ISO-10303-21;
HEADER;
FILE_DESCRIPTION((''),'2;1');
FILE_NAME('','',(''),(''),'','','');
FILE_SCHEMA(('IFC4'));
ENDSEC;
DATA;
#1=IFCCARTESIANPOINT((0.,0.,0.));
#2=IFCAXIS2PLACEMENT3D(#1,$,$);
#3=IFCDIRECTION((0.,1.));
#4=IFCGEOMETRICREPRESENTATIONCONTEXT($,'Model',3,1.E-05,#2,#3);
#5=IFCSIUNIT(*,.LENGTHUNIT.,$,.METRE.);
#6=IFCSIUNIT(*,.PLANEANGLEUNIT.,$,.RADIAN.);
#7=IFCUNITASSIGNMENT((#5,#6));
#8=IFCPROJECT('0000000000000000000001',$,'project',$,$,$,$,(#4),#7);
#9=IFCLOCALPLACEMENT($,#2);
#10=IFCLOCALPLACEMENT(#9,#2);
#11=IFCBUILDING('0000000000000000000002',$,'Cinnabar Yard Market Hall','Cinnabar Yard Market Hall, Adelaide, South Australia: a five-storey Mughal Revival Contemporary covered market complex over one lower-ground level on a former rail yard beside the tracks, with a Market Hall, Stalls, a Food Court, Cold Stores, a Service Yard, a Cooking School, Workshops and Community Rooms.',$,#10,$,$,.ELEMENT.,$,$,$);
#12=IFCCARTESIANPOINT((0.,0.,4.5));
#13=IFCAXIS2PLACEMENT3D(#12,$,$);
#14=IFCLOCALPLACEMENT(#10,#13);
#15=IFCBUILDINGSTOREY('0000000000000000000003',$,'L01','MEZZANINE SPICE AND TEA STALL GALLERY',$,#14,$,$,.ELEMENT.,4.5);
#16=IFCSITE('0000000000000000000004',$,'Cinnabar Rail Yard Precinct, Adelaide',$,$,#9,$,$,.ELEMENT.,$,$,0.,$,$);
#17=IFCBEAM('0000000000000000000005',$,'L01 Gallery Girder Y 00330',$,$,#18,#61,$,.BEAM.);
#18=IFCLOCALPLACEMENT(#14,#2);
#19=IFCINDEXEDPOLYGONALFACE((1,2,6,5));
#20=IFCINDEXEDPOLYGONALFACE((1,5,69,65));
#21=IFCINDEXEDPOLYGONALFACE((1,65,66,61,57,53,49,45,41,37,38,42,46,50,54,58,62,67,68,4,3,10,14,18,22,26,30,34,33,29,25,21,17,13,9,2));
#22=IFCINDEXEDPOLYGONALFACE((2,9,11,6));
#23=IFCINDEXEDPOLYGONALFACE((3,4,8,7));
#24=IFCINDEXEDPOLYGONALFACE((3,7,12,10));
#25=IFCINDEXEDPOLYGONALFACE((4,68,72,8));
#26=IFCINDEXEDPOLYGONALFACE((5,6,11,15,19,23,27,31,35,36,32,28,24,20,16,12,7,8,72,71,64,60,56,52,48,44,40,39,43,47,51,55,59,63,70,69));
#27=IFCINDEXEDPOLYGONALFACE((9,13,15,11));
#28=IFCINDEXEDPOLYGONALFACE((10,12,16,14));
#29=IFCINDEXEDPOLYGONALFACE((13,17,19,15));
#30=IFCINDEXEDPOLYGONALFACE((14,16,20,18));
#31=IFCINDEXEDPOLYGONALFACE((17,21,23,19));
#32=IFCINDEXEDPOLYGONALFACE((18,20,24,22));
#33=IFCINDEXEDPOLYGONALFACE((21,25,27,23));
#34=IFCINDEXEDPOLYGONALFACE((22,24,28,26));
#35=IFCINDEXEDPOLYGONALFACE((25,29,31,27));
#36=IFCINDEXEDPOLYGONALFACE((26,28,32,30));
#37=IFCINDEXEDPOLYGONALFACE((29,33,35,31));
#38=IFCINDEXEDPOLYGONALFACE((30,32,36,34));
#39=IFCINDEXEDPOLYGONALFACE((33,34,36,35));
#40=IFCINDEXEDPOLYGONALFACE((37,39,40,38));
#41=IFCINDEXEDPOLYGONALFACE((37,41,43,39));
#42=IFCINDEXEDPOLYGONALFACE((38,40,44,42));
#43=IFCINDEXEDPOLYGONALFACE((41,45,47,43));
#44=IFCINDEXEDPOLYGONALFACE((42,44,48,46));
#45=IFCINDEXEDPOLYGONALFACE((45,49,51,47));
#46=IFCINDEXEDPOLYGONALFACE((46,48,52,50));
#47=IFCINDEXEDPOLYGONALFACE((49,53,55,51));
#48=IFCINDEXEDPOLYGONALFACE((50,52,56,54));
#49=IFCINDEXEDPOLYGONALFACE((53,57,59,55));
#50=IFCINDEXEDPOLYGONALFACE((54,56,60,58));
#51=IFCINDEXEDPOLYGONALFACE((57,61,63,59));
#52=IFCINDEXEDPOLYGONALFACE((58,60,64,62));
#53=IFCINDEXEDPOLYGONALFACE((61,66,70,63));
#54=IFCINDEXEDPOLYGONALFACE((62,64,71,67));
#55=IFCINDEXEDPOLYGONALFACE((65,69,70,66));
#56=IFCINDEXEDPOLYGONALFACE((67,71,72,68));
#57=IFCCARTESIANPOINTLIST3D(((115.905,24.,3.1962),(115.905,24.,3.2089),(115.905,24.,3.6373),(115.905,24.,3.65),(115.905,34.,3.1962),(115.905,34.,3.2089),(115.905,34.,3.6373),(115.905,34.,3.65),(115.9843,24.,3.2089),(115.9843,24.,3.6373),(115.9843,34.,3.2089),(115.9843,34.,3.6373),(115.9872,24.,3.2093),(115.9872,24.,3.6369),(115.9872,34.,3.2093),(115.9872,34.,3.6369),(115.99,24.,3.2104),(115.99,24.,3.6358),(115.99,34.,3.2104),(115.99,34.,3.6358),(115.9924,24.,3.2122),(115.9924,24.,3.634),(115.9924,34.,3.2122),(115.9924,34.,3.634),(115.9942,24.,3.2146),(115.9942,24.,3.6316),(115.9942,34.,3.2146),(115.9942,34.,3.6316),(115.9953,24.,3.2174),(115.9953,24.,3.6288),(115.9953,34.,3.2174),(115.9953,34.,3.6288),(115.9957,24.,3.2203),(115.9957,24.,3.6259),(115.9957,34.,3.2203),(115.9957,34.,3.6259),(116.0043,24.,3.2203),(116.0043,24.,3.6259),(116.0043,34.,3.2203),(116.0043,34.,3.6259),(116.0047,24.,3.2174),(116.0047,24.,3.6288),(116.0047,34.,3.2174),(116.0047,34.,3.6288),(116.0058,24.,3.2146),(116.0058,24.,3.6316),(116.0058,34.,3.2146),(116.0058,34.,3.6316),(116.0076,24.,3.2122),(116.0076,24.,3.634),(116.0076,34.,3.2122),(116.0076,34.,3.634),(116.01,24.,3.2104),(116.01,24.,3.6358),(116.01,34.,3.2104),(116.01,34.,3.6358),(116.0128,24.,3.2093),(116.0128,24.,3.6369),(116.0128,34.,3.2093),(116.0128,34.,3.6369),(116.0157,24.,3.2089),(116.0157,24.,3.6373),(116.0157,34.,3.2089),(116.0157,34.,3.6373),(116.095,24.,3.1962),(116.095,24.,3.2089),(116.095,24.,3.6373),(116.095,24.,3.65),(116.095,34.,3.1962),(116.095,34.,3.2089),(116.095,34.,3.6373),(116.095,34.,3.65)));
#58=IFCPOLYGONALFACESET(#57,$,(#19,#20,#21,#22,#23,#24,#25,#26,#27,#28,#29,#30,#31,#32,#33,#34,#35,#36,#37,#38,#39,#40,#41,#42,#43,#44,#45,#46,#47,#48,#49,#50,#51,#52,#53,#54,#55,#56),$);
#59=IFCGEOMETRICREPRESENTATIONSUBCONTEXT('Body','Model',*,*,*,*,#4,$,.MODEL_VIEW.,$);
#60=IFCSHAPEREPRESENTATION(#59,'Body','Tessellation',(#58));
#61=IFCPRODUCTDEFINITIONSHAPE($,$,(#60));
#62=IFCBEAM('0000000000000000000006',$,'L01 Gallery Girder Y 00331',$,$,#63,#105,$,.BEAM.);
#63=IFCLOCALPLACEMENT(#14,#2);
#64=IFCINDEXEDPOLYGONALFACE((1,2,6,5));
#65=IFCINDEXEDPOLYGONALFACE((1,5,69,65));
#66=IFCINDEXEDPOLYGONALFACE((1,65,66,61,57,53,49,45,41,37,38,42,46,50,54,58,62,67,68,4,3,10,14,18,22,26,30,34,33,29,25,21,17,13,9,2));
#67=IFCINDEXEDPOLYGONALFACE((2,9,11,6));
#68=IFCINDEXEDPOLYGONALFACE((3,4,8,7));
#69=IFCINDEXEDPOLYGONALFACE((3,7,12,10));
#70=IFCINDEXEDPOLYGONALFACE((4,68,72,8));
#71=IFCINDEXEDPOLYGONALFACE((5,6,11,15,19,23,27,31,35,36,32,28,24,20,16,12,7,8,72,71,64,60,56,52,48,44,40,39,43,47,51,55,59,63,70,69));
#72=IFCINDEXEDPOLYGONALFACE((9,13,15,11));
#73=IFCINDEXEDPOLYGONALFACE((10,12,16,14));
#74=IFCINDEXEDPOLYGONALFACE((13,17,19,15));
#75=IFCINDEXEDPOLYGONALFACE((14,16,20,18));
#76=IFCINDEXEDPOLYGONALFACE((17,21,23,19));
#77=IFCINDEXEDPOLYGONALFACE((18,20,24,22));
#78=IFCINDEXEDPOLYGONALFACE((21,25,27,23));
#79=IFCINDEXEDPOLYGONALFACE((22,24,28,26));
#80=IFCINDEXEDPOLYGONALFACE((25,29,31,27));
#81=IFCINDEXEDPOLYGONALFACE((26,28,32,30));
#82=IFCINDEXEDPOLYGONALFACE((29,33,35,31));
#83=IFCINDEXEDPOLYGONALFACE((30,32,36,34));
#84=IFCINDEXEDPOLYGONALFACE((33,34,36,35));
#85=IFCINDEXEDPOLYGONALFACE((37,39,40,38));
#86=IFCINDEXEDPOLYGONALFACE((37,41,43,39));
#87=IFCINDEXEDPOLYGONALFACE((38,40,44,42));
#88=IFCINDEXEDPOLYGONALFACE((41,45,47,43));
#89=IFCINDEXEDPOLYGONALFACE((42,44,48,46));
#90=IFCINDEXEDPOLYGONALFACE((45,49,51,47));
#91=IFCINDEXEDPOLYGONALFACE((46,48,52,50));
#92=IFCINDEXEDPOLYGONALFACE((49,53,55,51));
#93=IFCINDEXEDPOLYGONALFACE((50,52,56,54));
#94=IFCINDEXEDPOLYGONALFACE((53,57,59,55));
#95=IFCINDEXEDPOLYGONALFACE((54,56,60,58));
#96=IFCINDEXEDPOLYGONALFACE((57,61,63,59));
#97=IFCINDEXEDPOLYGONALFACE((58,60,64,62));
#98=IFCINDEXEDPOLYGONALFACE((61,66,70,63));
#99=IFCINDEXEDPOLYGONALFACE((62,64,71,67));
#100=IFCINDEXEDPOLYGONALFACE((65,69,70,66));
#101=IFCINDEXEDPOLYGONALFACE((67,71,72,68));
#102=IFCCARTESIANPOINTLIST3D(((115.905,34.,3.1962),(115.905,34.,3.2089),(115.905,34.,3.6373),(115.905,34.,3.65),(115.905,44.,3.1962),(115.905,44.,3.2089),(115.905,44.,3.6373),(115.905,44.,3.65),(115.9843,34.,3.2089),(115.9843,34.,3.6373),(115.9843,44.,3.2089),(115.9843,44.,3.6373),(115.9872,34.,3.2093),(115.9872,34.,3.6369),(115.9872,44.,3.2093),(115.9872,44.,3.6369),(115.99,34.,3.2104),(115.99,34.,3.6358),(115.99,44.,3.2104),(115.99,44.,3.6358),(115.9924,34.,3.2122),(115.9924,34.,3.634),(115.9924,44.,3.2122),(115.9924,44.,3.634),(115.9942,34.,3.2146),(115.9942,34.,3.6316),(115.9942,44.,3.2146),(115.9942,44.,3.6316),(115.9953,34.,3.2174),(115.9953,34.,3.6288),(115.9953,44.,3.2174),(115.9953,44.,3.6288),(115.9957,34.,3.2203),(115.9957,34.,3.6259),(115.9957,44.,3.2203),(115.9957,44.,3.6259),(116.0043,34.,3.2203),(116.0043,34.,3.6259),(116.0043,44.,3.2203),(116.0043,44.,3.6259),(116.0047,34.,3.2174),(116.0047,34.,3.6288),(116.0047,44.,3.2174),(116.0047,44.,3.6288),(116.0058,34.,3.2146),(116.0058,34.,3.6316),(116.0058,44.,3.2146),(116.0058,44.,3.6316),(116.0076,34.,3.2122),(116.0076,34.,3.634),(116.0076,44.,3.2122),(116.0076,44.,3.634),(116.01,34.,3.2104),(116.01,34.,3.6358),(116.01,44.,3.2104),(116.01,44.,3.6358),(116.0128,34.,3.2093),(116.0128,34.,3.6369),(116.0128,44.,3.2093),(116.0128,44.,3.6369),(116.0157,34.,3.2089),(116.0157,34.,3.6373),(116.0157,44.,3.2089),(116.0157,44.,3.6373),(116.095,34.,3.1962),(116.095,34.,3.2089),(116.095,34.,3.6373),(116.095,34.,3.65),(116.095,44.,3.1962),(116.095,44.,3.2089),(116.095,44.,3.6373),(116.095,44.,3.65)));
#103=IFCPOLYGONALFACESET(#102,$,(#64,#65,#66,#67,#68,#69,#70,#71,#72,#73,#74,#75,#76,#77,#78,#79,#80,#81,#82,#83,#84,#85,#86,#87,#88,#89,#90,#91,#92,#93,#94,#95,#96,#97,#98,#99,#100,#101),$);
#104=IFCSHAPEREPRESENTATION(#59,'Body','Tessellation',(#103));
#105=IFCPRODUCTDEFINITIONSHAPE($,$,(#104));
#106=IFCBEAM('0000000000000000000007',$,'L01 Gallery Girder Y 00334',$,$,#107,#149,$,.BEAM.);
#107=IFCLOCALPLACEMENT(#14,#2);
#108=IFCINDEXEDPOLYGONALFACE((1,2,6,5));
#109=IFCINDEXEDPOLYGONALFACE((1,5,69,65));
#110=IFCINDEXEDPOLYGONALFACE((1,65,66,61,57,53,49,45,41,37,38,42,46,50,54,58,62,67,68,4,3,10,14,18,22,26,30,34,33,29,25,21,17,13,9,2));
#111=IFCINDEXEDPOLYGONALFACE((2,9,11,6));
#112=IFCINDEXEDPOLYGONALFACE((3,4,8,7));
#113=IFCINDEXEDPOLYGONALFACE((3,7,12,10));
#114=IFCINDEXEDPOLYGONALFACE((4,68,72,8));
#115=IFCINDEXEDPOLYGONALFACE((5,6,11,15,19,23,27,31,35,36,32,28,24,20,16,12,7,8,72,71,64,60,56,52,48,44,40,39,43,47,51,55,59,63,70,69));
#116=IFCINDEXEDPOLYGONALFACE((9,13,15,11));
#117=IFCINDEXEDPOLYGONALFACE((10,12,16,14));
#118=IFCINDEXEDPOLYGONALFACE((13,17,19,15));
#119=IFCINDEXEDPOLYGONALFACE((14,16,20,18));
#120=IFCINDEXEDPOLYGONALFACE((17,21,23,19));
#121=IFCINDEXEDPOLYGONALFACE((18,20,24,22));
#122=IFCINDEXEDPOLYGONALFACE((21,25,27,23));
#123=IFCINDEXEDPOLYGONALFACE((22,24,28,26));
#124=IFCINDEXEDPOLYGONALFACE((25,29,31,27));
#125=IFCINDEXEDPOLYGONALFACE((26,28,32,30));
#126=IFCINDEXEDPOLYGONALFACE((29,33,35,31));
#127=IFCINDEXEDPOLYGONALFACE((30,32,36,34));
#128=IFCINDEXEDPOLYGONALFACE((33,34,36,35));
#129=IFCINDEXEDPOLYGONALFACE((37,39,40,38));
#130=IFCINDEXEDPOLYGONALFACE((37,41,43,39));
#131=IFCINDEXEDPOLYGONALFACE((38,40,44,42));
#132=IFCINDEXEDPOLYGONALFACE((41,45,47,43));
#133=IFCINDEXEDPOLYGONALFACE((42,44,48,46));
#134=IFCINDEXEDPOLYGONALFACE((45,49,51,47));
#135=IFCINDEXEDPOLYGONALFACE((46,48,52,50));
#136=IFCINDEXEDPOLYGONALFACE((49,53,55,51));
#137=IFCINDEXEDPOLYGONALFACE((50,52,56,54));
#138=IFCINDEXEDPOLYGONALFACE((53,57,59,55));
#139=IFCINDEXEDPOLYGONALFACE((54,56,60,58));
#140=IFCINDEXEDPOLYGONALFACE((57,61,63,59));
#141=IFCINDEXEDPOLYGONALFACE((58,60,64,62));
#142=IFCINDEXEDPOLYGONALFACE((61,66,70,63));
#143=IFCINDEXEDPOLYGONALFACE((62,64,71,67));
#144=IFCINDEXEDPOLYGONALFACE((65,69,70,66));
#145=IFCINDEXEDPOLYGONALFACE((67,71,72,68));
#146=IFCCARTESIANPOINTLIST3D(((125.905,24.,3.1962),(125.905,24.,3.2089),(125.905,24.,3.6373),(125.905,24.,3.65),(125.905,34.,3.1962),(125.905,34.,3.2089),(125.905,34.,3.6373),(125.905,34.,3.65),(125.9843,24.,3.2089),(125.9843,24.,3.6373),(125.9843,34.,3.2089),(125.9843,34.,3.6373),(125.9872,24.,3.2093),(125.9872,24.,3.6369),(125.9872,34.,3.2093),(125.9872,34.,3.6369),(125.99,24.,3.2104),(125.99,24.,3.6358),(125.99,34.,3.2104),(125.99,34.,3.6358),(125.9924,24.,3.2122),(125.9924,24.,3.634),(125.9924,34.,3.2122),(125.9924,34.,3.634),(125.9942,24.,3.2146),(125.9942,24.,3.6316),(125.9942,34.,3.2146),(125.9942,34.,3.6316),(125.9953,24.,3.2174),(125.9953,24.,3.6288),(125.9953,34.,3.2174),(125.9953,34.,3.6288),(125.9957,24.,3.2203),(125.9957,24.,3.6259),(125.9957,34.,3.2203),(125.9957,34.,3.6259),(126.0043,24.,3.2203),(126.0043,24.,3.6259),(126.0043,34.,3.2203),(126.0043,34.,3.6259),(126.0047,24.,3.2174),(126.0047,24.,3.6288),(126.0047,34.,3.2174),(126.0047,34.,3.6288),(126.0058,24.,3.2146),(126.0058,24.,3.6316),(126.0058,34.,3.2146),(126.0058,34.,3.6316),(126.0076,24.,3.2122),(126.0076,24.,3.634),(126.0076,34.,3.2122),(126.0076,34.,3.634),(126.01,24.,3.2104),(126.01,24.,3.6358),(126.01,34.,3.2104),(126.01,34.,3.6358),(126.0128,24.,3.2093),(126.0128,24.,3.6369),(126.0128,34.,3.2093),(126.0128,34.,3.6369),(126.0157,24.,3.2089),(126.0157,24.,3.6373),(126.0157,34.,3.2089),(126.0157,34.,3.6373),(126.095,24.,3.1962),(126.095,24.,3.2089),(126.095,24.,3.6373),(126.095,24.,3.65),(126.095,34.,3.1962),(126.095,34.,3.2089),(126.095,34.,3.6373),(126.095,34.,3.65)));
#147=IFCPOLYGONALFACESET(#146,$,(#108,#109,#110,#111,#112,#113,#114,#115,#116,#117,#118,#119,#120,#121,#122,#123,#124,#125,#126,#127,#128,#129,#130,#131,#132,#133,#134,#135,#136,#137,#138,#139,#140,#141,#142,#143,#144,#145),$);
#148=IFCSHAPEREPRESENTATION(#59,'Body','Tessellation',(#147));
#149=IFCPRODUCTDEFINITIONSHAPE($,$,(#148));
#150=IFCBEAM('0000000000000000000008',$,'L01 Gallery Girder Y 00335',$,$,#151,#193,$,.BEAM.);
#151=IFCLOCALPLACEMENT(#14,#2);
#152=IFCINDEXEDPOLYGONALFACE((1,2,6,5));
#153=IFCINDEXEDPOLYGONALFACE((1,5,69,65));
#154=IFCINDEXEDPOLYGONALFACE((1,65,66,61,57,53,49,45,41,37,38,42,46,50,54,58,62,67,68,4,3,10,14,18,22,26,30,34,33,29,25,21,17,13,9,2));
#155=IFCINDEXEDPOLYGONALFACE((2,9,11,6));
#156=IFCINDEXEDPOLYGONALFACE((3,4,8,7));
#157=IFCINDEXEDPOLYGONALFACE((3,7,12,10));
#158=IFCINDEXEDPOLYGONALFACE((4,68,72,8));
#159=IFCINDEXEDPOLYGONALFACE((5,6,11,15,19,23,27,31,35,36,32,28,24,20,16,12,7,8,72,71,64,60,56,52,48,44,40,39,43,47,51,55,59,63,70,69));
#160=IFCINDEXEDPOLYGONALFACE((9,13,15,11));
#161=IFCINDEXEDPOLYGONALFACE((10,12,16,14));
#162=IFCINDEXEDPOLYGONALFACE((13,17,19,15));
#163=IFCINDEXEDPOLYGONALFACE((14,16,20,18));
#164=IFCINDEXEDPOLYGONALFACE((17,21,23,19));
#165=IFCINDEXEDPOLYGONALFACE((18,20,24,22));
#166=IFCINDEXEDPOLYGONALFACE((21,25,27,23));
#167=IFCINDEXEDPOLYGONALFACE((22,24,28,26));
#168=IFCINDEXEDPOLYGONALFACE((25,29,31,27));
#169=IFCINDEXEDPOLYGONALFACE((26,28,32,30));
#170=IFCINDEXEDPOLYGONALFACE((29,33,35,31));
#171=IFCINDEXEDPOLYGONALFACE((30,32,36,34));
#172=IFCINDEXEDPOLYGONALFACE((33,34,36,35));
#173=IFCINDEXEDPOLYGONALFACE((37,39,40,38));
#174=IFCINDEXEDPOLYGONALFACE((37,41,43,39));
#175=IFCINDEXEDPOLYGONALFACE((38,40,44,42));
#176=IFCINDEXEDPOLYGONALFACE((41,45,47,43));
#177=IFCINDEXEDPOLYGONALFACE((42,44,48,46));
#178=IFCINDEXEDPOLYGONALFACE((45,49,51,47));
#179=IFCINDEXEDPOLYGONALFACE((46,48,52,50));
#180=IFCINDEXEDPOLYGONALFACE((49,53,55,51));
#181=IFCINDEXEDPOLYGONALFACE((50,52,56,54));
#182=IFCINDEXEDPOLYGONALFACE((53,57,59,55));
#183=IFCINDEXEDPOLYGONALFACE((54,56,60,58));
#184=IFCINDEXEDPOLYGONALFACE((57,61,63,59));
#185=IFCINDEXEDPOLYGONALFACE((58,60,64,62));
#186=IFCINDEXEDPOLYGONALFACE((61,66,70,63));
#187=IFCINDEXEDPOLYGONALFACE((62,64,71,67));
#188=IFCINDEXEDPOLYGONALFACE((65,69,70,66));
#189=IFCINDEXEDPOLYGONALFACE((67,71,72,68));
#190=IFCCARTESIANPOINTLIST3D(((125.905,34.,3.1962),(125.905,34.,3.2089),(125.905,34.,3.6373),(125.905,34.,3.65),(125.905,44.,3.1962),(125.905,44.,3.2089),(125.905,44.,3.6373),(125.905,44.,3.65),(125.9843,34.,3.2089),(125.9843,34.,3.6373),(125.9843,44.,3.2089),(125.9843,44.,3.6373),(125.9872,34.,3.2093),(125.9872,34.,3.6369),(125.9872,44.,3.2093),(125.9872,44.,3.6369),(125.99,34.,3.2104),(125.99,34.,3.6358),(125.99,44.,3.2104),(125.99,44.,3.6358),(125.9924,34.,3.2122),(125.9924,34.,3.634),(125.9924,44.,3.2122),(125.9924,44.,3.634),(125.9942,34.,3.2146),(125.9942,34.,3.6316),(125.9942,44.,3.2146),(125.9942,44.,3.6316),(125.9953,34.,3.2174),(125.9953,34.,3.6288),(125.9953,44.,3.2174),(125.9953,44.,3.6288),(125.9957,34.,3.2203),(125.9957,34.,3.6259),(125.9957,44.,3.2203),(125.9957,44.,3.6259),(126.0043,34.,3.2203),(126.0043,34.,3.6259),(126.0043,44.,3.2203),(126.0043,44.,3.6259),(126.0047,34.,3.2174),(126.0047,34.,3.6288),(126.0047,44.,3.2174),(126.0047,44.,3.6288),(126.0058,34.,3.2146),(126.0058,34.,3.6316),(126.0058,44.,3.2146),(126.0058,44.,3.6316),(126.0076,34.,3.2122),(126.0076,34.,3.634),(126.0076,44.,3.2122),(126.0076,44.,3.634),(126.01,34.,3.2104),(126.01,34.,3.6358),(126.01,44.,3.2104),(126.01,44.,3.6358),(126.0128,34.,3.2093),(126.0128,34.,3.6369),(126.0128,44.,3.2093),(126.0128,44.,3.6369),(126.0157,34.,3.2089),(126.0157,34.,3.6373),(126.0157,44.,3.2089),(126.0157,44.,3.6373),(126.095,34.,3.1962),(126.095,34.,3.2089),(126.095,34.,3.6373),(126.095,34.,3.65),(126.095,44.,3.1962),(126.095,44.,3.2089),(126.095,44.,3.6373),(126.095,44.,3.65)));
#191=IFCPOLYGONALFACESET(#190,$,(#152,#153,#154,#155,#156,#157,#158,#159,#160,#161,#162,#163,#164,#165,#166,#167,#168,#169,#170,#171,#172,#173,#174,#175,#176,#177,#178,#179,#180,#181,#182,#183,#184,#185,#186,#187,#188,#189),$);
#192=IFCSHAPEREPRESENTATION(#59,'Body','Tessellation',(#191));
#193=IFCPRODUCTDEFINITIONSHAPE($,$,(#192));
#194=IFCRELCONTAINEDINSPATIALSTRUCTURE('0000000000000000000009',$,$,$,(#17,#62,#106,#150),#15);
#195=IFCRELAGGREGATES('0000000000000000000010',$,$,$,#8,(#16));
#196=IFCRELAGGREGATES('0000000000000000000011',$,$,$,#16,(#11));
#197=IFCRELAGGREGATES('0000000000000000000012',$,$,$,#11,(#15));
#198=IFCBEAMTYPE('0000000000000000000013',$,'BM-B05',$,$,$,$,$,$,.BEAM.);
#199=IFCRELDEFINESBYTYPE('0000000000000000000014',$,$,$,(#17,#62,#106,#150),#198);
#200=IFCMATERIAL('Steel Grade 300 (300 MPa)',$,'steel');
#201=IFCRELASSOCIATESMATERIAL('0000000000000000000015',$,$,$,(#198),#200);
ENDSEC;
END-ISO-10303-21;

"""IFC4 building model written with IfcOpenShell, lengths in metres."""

from ifc_helpers import new_model, si_unit, direction, frame, origin, origin_2d_with_axis, place, context, subcontext, project, spatial, i_section, extrude, material, material_profile, profile_set, type_object, element, save


model = new_model("IFC4")

# Units and contexts
model_context = context("Model", 3, precision=1e-05, world=origin(), true_north=direction((0.0, 1.0)))
body_context = subcontext(model_context, "Body", "Model", "MODEL_VIEW")
ifc_project = project(units=[si_unit("LENGTHUNIT", "METRE"), si_unit("PLANEANGLEUNIT", "RADIAN")], contexts=[model_context])

# Site, building, storey
site_placement = place(None, origin())
site = spatial("IfcSite", under=ifc_project, at=site_placement, Name="Cinnabar Rail Yard Precinct, Adelaide", CompositionType="ELEMENT", RefElevation=0.0)
building_placement = place(site_placement, origin())
building = spatial("IfcBuilding", under=site, at=building_placement, Name="Cinnabar Yard Market Hall", Description="Cinnabar Yard Market Hall, Adelaide, South Australia: a five-storey Mughal Revival Contemporary covered market complex over one lower-ground level on a former rail yard beside the tracks, with a Market Hall, Stalls, a Food Court, Cold Stores, a Service Yard, a Cooking School, Workshops and Community Rooms.", CompositionType="ELEMENT")
storey_placement = place(building_placement, frame((0.0, 0.0, 4.5)))
storey = spatial("IfcBuildingStorey", under=building, at=storey_placement, Name="L01", Description="MEZZANINE SPICE AND TEA STALL GALLERY", CompositionType="ELEMENT", Elevation=4.5)

# Beams
ifc_material_1 = material(Name="Steel Grade 300 (300 MPa)", Category="steel")
ifc_material_profile_1 = material_profile(ifc_material_1, i_section(OverallWidth=0.1899, OverallDepth=0.4539, WebThickness=0.0085, FlangeThickness=0.0127, FilletRadius=0.0115, at=origin_2d_with_axis()), Name="460UB67.1")
ifc_profile_set_1 = profile_set([ifc_material_profile_1], Name="Steel Grade 300 (300 MPa)")
beam_type_1 = type_object("IfcBeamType", Name="BM-B05", PredefinedType="BEAM", material=ifc_profile_set_1)
for number, where, z_axis, x_axis, name in (
    (1, (116.0, 24.0, 3.4231), (0.0, 1.0, 0.0), (-1.0, 0.0, 0.0), "L01 Gallery Girder Y 00330"),
    (2, (116.0, 34.0, 3.4231), (0.0, 1.0, 0.0), (-1.0, 0.0, 0.0), "L01 Gallery Girder Y 00331"),
    (3, (126.0, 24.0, 3.4231), (0.0, 1.0, 0.0), (-1.0, 0.0, 0.0), "L01 Gallery Girder Y 00334"),
    (4, (126.0, 34.0, 3.4231), (0.0, 1.0, 0.0), (-1.0, 0.0, 0.0), "L01 Gallery Girder Y 00335"),
):
    element("IfcBeam", number, at=place(storey_placement, frame(where, z_axis=z_axis, x_axis=x_axis)), inside=storey, type_object=beam_type_1, Name=name, PredefinedType="BEAM", context=body_context, shape_type="SweptSolid", body=[
        extrude(i_section(OverallWidth=0.1899, OverallDepth=0.4539, WebThickness=0.0085, FlangeThickness=0.0127, FilletRadius=0.0115, at=origin_2d_with_axis()), origin(), (0.0, 0.0, 1.0), 10.0),
    ])

save(model, "model.ifc")
